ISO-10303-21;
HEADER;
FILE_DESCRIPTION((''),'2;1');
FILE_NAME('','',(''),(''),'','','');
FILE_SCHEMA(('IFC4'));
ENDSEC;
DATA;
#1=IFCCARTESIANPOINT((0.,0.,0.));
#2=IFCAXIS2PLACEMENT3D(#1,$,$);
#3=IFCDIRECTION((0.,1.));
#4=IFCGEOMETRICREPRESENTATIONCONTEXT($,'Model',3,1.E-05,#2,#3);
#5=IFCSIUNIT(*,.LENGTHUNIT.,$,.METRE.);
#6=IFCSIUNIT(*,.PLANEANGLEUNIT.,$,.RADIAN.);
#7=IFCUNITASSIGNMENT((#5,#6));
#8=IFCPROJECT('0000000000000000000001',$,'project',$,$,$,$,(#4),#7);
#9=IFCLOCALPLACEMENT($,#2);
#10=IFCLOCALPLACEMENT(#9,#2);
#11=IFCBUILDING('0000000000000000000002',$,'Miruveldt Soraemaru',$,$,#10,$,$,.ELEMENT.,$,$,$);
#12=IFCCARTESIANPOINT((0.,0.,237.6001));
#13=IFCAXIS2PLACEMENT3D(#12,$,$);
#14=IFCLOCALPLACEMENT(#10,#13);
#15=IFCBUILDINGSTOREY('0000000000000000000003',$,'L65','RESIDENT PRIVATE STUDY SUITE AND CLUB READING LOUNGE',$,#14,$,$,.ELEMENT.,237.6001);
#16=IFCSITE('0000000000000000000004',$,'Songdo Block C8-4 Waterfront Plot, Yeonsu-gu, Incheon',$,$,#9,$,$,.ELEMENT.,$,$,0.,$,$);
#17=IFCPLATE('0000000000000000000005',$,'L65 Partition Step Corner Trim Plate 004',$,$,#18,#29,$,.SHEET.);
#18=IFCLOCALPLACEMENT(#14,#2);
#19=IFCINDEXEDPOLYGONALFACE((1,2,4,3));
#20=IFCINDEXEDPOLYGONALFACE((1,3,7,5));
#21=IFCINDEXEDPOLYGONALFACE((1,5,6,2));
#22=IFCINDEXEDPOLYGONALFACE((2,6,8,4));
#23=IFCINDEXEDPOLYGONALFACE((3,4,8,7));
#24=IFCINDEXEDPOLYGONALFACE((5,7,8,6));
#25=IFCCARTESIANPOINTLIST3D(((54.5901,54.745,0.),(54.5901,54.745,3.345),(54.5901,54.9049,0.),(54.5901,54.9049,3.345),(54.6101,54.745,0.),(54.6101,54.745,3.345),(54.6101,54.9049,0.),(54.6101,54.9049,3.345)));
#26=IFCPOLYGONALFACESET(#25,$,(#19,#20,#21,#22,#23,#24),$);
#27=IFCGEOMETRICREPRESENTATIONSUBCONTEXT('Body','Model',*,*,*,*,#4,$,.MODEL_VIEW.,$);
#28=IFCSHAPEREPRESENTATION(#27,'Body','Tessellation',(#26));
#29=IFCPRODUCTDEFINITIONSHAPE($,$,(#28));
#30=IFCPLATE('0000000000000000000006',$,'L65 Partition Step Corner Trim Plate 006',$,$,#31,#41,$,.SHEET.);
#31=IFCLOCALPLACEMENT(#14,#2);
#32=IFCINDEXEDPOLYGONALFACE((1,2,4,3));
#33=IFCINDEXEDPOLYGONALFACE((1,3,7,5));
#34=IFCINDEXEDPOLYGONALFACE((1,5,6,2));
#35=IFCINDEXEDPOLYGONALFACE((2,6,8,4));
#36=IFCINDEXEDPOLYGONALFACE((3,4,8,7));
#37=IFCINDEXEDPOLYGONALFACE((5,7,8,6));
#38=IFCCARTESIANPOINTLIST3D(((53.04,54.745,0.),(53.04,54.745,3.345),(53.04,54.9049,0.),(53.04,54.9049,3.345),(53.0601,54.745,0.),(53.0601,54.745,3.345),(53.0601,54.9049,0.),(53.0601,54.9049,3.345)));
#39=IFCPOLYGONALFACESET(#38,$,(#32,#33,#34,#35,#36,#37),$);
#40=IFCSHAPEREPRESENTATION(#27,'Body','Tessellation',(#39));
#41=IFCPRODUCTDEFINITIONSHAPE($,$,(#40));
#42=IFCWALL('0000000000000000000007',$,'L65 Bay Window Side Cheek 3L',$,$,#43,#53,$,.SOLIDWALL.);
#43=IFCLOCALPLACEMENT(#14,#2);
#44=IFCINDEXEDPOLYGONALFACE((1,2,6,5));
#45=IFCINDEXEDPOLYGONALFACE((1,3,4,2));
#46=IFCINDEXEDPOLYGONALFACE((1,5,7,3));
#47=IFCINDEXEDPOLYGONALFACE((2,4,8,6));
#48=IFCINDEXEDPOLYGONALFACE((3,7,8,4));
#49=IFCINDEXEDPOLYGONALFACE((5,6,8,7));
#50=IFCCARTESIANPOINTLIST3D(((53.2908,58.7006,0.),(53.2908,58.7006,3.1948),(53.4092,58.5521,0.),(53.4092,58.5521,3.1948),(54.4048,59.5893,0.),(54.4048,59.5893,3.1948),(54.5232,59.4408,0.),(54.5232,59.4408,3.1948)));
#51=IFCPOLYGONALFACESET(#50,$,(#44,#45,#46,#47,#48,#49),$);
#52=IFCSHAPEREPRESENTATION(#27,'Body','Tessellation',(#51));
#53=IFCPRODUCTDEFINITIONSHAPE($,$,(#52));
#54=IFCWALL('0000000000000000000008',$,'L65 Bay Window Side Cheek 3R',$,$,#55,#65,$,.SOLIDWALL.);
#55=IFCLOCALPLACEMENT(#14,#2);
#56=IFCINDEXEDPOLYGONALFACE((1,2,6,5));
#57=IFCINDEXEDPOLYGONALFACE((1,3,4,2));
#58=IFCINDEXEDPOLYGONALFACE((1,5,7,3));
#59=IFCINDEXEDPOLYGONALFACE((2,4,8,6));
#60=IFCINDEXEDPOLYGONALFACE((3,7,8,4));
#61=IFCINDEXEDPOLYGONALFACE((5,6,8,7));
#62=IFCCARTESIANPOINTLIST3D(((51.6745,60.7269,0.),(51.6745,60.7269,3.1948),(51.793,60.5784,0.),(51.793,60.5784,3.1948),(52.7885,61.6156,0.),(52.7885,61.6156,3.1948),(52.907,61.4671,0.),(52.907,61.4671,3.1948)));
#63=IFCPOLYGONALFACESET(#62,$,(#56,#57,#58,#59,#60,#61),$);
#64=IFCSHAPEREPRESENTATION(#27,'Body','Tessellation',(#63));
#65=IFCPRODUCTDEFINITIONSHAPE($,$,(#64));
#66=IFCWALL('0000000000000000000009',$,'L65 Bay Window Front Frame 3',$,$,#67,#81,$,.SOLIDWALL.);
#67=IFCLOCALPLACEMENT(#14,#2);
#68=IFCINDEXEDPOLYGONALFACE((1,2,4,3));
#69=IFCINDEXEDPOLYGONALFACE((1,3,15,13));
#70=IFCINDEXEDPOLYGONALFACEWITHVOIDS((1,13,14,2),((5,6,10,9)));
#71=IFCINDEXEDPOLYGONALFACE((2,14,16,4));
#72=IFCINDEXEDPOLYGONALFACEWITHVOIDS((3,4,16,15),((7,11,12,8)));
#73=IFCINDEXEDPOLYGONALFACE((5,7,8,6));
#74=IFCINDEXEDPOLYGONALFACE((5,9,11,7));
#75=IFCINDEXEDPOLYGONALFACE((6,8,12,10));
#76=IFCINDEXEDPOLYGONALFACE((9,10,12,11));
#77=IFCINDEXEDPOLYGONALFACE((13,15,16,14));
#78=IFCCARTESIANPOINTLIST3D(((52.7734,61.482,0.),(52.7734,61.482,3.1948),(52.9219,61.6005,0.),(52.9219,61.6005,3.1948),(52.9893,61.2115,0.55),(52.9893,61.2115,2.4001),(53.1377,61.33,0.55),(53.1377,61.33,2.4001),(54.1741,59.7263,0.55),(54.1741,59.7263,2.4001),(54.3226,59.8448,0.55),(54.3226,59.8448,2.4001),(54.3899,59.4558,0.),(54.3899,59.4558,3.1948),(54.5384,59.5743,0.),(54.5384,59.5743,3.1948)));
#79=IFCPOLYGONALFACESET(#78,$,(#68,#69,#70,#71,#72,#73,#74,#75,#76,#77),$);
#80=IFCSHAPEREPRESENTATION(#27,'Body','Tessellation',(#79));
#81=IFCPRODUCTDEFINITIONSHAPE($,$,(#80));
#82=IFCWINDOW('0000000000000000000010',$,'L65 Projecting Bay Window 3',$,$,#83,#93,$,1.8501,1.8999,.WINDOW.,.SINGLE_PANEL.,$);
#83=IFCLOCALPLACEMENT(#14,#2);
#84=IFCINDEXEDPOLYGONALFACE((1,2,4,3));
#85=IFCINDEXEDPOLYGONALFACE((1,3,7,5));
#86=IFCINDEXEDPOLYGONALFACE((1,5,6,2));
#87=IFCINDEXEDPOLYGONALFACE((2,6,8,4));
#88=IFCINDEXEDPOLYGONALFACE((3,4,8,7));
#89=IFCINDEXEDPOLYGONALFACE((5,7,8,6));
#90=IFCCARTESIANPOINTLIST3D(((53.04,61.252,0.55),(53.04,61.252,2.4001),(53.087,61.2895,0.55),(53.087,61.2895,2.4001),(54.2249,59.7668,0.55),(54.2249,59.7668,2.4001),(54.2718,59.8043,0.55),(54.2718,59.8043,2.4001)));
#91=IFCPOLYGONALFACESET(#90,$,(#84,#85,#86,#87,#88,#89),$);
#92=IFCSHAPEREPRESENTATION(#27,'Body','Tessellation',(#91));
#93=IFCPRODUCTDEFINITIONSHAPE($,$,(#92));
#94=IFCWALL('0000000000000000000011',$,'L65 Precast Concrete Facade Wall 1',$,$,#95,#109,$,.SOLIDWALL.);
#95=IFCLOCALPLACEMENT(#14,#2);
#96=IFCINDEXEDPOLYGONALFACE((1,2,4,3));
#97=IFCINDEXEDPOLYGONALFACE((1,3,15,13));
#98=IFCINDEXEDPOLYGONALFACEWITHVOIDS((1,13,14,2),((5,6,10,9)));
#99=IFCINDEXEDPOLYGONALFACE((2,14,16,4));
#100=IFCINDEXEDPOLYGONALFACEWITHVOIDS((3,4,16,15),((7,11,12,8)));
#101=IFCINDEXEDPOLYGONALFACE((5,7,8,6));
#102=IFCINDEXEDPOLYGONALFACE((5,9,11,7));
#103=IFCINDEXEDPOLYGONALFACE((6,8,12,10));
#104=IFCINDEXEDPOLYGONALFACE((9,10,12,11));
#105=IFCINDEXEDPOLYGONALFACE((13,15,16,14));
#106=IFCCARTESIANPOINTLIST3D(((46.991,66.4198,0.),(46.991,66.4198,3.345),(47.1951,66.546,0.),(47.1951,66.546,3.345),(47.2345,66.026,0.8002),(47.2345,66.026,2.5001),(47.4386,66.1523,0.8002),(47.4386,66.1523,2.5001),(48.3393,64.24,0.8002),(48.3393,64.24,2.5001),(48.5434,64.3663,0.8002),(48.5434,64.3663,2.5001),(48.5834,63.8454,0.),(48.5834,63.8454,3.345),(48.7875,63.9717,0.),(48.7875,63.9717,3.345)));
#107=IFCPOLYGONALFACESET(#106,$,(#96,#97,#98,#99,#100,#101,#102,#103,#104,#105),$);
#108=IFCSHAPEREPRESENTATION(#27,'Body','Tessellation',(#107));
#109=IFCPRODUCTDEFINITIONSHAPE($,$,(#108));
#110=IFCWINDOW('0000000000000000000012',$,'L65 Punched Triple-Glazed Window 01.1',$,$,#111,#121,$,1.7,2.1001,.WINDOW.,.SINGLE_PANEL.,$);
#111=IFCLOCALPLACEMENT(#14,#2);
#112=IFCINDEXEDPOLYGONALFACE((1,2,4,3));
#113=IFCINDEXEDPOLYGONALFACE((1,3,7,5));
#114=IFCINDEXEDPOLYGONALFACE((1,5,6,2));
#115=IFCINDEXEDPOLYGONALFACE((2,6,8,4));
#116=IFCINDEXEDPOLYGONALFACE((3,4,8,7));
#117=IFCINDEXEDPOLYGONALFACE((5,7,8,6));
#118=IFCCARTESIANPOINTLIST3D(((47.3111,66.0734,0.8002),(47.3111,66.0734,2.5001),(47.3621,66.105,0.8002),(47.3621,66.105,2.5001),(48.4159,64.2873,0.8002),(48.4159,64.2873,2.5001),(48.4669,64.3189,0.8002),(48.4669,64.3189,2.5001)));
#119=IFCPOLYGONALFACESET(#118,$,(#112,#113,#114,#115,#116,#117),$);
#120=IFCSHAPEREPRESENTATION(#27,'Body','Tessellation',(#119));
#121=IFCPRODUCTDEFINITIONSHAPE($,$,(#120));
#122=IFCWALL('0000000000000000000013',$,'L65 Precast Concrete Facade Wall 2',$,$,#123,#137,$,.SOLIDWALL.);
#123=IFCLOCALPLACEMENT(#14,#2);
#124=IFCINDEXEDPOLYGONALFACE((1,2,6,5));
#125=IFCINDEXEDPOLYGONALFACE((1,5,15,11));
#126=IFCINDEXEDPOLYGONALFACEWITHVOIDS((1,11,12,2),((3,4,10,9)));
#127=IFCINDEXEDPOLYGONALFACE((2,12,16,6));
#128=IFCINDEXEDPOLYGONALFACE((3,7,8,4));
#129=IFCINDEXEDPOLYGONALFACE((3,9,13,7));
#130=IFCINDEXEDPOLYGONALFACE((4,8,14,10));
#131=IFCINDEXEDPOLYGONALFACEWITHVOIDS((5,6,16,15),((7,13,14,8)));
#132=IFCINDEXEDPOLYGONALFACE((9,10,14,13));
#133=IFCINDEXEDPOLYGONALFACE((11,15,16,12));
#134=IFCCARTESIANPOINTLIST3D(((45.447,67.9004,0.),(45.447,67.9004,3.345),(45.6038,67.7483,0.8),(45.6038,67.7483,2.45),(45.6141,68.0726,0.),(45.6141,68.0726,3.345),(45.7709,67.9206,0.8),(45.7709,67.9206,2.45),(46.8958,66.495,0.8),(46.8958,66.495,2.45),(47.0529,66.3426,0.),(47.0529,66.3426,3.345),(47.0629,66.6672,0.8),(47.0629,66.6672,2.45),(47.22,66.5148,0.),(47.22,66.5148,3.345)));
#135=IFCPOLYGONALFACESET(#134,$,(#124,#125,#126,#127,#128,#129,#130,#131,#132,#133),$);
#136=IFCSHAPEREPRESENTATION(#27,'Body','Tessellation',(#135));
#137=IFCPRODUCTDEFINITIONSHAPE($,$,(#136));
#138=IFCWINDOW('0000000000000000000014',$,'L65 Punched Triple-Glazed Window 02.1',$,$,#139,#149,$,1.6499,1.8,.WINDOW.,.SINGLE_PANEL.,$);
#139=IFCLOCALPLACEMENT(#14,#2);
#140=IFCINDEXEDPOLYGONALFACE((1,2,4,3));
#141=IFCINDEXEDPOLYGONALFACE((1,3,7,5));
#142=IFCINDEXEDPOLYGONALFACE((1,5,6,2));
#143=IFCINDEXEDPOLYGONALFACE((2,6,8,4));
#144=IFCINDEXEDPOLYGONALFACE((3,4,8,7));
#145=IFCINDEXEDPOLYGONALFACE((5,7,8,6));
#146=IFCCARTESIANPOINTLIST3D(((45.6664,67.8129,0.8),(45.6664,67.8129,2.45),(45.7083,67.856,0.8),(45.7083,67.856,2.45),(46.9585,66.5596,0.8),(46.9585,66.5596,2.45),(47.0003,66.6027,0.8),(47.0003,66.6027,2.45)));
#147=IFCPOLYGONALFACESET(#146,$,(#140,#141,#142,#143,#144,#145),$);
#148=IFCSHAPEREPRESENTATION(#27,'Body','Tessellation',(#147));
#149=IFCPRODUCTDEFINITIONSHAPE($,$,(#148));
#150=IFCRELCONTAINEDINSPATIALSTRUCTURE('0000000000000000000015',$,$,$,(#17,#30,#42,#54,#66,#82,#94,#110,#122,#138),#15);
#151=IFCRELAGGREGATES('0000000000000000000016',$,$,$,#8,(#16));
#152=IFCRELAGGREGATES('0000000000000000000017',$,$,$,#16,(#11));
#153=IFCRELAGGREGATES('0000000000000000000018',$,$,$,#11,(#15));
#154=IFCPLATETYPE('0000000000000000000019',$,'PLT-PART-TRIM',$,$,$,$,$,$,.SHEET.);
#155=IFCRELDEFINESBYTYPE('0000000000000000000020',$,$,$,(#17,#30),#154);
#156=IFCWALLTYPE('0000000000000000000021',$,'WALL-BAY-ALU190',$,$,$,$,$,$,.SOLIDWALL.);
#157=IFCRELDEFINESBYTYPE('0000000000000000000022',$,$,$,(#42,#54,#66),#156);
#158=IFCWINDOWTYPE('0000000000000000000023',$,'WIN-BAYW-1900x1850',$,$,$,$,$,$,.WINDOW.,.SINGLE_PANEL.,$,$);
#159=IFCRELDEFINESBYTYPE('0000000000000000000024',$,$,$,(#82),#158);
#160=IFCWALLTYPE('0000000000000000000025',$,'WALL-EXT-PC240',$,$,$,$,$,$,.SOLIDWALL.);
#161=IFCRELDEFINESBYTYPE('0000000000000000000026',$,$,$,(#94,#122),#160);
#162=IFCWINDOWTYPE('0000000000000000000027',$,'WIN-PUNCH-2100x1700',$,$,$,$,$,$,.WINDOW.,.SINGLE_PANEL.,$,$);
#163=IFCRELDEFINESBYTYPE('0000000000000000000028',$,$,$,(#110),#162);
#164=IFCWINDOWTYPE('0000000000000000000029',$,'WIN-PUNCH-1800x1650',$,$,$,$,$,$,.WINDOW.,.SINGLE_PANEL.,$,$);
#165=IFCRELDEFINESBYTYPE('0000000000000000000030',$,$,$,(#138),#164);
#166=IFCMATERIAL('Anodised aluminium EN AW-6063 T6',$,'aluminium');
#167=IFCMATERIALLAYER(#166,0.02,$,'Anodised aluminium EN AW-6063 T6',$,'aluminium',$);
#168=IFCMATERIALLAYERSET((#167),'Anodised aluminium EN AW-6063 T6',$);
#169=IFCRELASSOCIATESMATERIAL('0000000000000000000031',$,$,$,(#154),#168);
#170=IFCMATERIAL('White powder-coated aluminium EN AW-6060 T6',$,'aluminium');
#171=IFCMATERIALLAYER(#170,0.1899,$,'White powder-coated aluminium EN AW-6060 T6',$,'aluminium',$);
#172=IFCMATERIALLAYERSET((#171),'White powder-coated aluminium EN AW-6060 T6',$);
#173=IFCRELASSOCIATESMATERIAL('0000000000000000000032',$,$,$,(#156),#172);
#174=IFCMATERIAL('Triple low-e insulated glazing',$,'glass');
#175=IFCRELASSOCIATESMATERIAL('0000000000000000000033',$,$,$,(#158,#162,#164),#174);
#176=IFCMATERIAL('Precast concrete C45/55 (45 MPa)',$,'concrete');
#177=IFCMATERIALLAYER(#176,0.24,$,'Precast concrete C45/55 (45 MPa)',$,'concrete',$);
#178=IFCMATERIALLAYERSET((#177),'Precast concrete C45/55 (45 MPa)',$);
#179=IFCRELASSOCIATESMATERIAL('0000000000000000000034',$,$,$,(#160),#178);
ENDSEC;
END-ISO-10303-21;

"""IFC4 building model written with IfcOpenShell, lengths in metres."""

from ifc_helpers import new_model, si_unit, direction, frame, frame_2d, origin, origin_2d, place, context, subcontext, project, spatial, rectangle, extrude, material, layer, layer_set, type_object, element, fill, save


model = new_model("IFC4")

# Units and contexts
model_context = context("Model", 3, precision=1e-05, world=origin(), true_north=direction((0.0, 1.0)))
body_context = subcontext(model_context, "Body", "Model", "MODEL_VIEW")
ifc_project = project(units=[si_unit("LENGTHUNIT", "METRE"), si_unit("PLANEANGLEUNIT", "RADIAN")], contexts=[model_context])

# Site, building, storey
site_placement = place(None, origin())
site = spatial("IfcSite", under=ifc_project, at=site_placement, Name="Songdo Block C8-4 Waterfront Plot, Yeonsu-gu, Incheon", CompositionType="ELEMENT", RefElevation=0.0)
building_placement = place(site_placement, origin())
building = spatial("IfcBuilding", under=site, at=building_placement, Name="Miruveldt Soraemaru", CompositionType="ELEMENT")
storey_placement = place(building_placement, frame((0.0, 0.0, 237.6001)))
storey = spatial("IfcBuildingStorey", under=building, at=storey_placement, Name="L65", Description="RESIDENT PRIVATE STUDY SUITE AND CLUB READING LOUNGE", CompositionType="ELEMENT", Elevation=237.6001)

# Plates
ifc_material_1 = material(Name="Anodised aluminium EN AW-6063 T6", Category="aluminium")
ifc_layer_1 = layer(ifc_material_1, 0.02, Name="Anodised aluminium EN AW-6063 T6", Category="aluminium")
ifc_layer_set_1 = layer_set([ifc_layer_1], Name="Anodised aluminium EN AW-6063 T6")
plate_type = type_object("IfcPlateType", Name="PLT-PART-TRIM", PredefinedType="SHEET", material=ifc_layer_set_1)
for number, where, z_axis, x_axis, name in (
    (1, (54.6001, 54.825, 0.0), (0.0, 0.0, 1.0), (0.0, 1.0, 0.0), "L65 Partition Step Corner Trim Plate 004"),
    (2, (53.05, 54.825, 0.0), (0.0, 0.0, 1.0), (0.0, -1.0, 0.0), "L65 Partition Step Corner Trim Plate 006"),
):
    element("IfcPlate", number, at=place(storey_placement, frame(where, z_axis=z_axis, x_axis=x_axis)), inside=storey, type_object=plate_type, Name=name, PredefinedType="SHEET", context=body_context, shape_type="SweptSolid", body=[
        extrude(rectangle(XDim=0.1599, YDim=0.02, at=origin_2d()), origin(), (0.0, 0.0, 1.0), 3.345),
    ])

# Walls
ifc_material_2 = material(Name="White powder-coated aluminium EN AW-6060 T6", Category="aluminium")
ifc_layer_2 = layer(ifc_material_2, 0.1899, Name="White powder-coated aluminium EN AW-6060 T6", Category="aluminium")
ifc_layer_set_2 = layer_set([ifc_layer_2], Name="White powder-coated aluminium EN AW-6060 T6")
wall_type_1 = type_object("IfcWallType", Name="WALL-BAY-ALU190", PredefinedType="SOLIDWALL", material=ifc_layer_set_2)
for number, where, z_axis, x_axis, name in (
    (3, (53.3501, 58.6265, 0.0), (0.0, 0.0, 1.0), (0.781737, 0.623608, 0.0), "L65 Bay Window Side Cheek 3L"),
    (4, (52.8477, 61.5413, 0.0), (0.0, 0.0, 1.0), (-0.781737, -0.623608, 0.0), "L65 Bay Window Side Cheek 3R"),
):
    element("IfcWall", number, at=place(storey_placement, frame(where, z_axis=z_axis, x_axis=x_axis)), inside=storey, type_object=wall_type_1, Name=name, PredefinedType="SOLIDWALL", context=body_context, shape_type="SweptSolid", body=[
        extrude(rectangle(XDim=1.425, YDim=0.1899, at=frame_2d((0.7124, 0.0))), origin(), (0.0, 0.0, 1.0), 3.1948),
    ])

# Walls, openings, windows
wall_1_placement = place(storey_placement, frame((54.4641, 59.5151, 0.0), z_axis=(0.0, 0.0, 1.0), x_axis=(-0.623649, 0.781704, 0.0)))
wall_1 = element("IfcWall", 5, at=wall_1_placement, inside=storey, type_object=wall_type_1, Name="L65 Bay Window Front Frame 3", PredefinedType="SOLIDWALL", context=body_context, shape_type="SweptSolid", body=[
    extrude(rectangle(XDim=2.592, YDim=0.1899, at=frame_2d((1.2959, 0.0))), origin(), (0.0, 0.0, 1.0), 3.1948),
])
opening_1_placement = place(wall_1_placement, frame((0.3459, 0.0, 0.55)))
opening_1 = element("IfcOpeningElement", 6, at=opening_1_placement, cuts=wall_1, PredefinedType="OPENING", context=body_context, shape_type="SweptSolid", body=[
    extrude(rectangle(XDim=1.8999, YDim=1.8501, at=frame_2d((0.95, 0.925))), frame((0.0, 0.105, 0.0), z_axis=(0.0, -1.0, 0.0), x_axis=(1.0, 0.0, 0.0)), (0.0, 0.0, 1.0), 0.21),
])
ifc_material_3 = material(Name="Triple low-e insulated glazing", Category="glass")
window_type_1 = type_object("IfcWindowType", Name="WIN-BAYW-1900x1850", PartitioningType="SINGLE_PANEL", PredefinedType="WINDOW", material=ifc_material_3)
window_1_placement = place(opening_1_placement, origin())
window_1 = element("IfcWindow", 7, at=window_1_placement, inside=storey, type_object=window_type_1, Name="L65 Projecting Bay Window 3", OverallHeight=1.8501, OverallWidth=1.8999, PartitioningType="SINGLE_PANEL", PredefinedType="WINDOW", context=body_context, shape_type="SweptSolid", body=[
    extrude(rectangle(XDim=1.8999, YDim=1.8501, at=frame_2d((0.95, 0.925))), frame((0.0, 0.03, 0.0), z_axis=(0.0, -1.0, 0.0), x_axis=(1.0, 0.0, 0.0)), (0.0, 0.0, 1.0), 0.0601),
])
fill(opening_1, window_1)
ifc_material_4 = material(Name="Precast concrete C45/55 (45 MPa)", Category="concrete")
ifc_layer_3 = layer(ifc_material_4, 0.24, Name="Precast concrete C45/55 (45 MPa)", Category="concrete")
ifc_layer_set_3 = layer_set([ifc_layer_3], Name="Precast concrete C45/55 (45 MPa)")
wall_type_2 = type_object("IfcWallType", Name="WALL-EXT-PC240", PredefinedType="SOLIDWALL", material=ifc_layer_set_3)
wall_2_placement = place(storey_placement, frame((48.6855, 63.9084, 0.0), z_axis=(0.0, 0.0, 1.0), x_axis=(-0.526071, 0.85044, 0.0)))
wall_2 = element("IfcWall", 8, at=wall_2_placement, inside=storey, type_object=wall_type_2, Name="L65 Precast Concrete Facade Wall 1", PredefinedType="SOLIDWALL", context=body_context, shape_type="SweptSolid", body=[
    extrude(rectangle(XDim=3.0271, YDim=0.24, at=frame_2d((1.5137, 0.0))), origin(), (0.0, 0.0, 1.0), 3.345),
])
opening_2_placement = place(wall_2_placement, frame((0.4641, 0.0, 0.8)))
opening_2 = element("IfcOpeningElement", 9, at=opening_2_placement, cuts=wall_2, PredefinedType="OPENING", context=body_context, shape_type="SweptSolid", body=[
    extrude(rectangle(XDim=2.1001, YDim=1.7, at=frame_2d((1.05, 0.8501))), frame((0.0, 0.1299, 0.0), z_axis=(0.0, -1.0, 0.0), x_axis=(1.0, 0.0, 0.0)), (0.0, 0.0, 1.0), 0.26),
])
window_type_2 = type_object("IfcWindowType", Name="WIN-PUNCH-2100x1700", PartitioningType="SINGLE_PANEL", PredefinedType="WINDOW", material=ifc_material_3)
window_2_placement = place(opening_2_placement, origin())
window_2 = element("IfcWindow", 10, at=window_2_placement, inside=storey, type_object=window_type_2, Name="L65 Punched Triple-Glazed Window 01.1", OverallHeight=1.7, OverallWidth=2.1001, PartitioningType="SINGLE_PANEL", PredefinedType="WINDOW", context=body_context, shape_type="SweptSolid", body=[
    extrude(rectangle(XDim=2.1001, YDim=1.7, at=frame_2d((1.05, 0.8501))), frame((0.0, 0.03, 0.0), z_axis=(0.0, -1.0, 0.0), x_axis=(1.0, 0.0, 0.0)), (0.0, 0.0, 1.0), 0.0601),
])
fill(opening_2, window_2)
wall_3_placement = place(storey_placement, frame((47.1365, 66.4287, 0.0), z_axis=(0.0, 0.0, 1.0), x_axis=(-0.717773, 0.696277, 0.0)))
wall_3 = element("IfcWall", 11, at=wall_3_placement, inside=storey, type_object=wall_type_2, Name="L65 Precast Concrete Facade Wall 2", PredefinedType="SOLIDWALL", context=body_context, shape_type="SweptSolid", body=[
    extrude(rectangle(XDim=2.2373, YDim=0.24, at=frame_2d((1.1187, 0.0))), origin(), (0.0, 0.0, 1.0), 3.345),
])
opening_3_placement = place(wall_3_placement, frame((0.219, 0.0, 0.8)))
opening_3 = element("IfcOpeningElement", 12, at=opening_3_placement, cuts=wall_3, PredefinedType="OPENING", context=body_context, shape_type="SweptSolid", body=[
    extrude(rectangle(XDim=1.8, YDim=1.6499, at=frame_2d((0.8999, 0.825))), frame((0.0, 0.1299, 0.0), z_axis=(0.0, -1.0, 0.0), x_axis=(1.0, 0.0, 0.0)), (0.0, 0.0, 1.0), 0.26),
])
window_type_3 = type_object("IfcWindowType", Name="WIN-PUNCH-1800x1650", PartitioningType="SINGLE_PANEL", PredefinedType="WINDOW", material=ifc_material_3)
window_3_placement = place(opening_3_placement, origin())
window_3 = element("IfcWindow", 13, at=window_3_placement, inside=storey, type_object=window_type_3, Name="L65 Punched Triple-Glazed Window 02.1", OverallHeight=1.6499, OverallWidth=1.8, PartitioningType="SINGLE_PANEL", PredefinedType="WINDOW", context=body_context, shape_type="SweptSolid", body=[
    extrude(rectangle(XDim=1.8, YDim=1.6499, at=frame_2d((0.8999, 0.825))), frame((0.0, 0.03, 0.0), z_axis=(0.0, -1.0, 0.0), x_axis=(1.0, 0.0, 0.0)), (0.0, 0.0, 1.0), 0.0601),
])
fill(opening_3, window_3)

save(model, "model.ifc")
